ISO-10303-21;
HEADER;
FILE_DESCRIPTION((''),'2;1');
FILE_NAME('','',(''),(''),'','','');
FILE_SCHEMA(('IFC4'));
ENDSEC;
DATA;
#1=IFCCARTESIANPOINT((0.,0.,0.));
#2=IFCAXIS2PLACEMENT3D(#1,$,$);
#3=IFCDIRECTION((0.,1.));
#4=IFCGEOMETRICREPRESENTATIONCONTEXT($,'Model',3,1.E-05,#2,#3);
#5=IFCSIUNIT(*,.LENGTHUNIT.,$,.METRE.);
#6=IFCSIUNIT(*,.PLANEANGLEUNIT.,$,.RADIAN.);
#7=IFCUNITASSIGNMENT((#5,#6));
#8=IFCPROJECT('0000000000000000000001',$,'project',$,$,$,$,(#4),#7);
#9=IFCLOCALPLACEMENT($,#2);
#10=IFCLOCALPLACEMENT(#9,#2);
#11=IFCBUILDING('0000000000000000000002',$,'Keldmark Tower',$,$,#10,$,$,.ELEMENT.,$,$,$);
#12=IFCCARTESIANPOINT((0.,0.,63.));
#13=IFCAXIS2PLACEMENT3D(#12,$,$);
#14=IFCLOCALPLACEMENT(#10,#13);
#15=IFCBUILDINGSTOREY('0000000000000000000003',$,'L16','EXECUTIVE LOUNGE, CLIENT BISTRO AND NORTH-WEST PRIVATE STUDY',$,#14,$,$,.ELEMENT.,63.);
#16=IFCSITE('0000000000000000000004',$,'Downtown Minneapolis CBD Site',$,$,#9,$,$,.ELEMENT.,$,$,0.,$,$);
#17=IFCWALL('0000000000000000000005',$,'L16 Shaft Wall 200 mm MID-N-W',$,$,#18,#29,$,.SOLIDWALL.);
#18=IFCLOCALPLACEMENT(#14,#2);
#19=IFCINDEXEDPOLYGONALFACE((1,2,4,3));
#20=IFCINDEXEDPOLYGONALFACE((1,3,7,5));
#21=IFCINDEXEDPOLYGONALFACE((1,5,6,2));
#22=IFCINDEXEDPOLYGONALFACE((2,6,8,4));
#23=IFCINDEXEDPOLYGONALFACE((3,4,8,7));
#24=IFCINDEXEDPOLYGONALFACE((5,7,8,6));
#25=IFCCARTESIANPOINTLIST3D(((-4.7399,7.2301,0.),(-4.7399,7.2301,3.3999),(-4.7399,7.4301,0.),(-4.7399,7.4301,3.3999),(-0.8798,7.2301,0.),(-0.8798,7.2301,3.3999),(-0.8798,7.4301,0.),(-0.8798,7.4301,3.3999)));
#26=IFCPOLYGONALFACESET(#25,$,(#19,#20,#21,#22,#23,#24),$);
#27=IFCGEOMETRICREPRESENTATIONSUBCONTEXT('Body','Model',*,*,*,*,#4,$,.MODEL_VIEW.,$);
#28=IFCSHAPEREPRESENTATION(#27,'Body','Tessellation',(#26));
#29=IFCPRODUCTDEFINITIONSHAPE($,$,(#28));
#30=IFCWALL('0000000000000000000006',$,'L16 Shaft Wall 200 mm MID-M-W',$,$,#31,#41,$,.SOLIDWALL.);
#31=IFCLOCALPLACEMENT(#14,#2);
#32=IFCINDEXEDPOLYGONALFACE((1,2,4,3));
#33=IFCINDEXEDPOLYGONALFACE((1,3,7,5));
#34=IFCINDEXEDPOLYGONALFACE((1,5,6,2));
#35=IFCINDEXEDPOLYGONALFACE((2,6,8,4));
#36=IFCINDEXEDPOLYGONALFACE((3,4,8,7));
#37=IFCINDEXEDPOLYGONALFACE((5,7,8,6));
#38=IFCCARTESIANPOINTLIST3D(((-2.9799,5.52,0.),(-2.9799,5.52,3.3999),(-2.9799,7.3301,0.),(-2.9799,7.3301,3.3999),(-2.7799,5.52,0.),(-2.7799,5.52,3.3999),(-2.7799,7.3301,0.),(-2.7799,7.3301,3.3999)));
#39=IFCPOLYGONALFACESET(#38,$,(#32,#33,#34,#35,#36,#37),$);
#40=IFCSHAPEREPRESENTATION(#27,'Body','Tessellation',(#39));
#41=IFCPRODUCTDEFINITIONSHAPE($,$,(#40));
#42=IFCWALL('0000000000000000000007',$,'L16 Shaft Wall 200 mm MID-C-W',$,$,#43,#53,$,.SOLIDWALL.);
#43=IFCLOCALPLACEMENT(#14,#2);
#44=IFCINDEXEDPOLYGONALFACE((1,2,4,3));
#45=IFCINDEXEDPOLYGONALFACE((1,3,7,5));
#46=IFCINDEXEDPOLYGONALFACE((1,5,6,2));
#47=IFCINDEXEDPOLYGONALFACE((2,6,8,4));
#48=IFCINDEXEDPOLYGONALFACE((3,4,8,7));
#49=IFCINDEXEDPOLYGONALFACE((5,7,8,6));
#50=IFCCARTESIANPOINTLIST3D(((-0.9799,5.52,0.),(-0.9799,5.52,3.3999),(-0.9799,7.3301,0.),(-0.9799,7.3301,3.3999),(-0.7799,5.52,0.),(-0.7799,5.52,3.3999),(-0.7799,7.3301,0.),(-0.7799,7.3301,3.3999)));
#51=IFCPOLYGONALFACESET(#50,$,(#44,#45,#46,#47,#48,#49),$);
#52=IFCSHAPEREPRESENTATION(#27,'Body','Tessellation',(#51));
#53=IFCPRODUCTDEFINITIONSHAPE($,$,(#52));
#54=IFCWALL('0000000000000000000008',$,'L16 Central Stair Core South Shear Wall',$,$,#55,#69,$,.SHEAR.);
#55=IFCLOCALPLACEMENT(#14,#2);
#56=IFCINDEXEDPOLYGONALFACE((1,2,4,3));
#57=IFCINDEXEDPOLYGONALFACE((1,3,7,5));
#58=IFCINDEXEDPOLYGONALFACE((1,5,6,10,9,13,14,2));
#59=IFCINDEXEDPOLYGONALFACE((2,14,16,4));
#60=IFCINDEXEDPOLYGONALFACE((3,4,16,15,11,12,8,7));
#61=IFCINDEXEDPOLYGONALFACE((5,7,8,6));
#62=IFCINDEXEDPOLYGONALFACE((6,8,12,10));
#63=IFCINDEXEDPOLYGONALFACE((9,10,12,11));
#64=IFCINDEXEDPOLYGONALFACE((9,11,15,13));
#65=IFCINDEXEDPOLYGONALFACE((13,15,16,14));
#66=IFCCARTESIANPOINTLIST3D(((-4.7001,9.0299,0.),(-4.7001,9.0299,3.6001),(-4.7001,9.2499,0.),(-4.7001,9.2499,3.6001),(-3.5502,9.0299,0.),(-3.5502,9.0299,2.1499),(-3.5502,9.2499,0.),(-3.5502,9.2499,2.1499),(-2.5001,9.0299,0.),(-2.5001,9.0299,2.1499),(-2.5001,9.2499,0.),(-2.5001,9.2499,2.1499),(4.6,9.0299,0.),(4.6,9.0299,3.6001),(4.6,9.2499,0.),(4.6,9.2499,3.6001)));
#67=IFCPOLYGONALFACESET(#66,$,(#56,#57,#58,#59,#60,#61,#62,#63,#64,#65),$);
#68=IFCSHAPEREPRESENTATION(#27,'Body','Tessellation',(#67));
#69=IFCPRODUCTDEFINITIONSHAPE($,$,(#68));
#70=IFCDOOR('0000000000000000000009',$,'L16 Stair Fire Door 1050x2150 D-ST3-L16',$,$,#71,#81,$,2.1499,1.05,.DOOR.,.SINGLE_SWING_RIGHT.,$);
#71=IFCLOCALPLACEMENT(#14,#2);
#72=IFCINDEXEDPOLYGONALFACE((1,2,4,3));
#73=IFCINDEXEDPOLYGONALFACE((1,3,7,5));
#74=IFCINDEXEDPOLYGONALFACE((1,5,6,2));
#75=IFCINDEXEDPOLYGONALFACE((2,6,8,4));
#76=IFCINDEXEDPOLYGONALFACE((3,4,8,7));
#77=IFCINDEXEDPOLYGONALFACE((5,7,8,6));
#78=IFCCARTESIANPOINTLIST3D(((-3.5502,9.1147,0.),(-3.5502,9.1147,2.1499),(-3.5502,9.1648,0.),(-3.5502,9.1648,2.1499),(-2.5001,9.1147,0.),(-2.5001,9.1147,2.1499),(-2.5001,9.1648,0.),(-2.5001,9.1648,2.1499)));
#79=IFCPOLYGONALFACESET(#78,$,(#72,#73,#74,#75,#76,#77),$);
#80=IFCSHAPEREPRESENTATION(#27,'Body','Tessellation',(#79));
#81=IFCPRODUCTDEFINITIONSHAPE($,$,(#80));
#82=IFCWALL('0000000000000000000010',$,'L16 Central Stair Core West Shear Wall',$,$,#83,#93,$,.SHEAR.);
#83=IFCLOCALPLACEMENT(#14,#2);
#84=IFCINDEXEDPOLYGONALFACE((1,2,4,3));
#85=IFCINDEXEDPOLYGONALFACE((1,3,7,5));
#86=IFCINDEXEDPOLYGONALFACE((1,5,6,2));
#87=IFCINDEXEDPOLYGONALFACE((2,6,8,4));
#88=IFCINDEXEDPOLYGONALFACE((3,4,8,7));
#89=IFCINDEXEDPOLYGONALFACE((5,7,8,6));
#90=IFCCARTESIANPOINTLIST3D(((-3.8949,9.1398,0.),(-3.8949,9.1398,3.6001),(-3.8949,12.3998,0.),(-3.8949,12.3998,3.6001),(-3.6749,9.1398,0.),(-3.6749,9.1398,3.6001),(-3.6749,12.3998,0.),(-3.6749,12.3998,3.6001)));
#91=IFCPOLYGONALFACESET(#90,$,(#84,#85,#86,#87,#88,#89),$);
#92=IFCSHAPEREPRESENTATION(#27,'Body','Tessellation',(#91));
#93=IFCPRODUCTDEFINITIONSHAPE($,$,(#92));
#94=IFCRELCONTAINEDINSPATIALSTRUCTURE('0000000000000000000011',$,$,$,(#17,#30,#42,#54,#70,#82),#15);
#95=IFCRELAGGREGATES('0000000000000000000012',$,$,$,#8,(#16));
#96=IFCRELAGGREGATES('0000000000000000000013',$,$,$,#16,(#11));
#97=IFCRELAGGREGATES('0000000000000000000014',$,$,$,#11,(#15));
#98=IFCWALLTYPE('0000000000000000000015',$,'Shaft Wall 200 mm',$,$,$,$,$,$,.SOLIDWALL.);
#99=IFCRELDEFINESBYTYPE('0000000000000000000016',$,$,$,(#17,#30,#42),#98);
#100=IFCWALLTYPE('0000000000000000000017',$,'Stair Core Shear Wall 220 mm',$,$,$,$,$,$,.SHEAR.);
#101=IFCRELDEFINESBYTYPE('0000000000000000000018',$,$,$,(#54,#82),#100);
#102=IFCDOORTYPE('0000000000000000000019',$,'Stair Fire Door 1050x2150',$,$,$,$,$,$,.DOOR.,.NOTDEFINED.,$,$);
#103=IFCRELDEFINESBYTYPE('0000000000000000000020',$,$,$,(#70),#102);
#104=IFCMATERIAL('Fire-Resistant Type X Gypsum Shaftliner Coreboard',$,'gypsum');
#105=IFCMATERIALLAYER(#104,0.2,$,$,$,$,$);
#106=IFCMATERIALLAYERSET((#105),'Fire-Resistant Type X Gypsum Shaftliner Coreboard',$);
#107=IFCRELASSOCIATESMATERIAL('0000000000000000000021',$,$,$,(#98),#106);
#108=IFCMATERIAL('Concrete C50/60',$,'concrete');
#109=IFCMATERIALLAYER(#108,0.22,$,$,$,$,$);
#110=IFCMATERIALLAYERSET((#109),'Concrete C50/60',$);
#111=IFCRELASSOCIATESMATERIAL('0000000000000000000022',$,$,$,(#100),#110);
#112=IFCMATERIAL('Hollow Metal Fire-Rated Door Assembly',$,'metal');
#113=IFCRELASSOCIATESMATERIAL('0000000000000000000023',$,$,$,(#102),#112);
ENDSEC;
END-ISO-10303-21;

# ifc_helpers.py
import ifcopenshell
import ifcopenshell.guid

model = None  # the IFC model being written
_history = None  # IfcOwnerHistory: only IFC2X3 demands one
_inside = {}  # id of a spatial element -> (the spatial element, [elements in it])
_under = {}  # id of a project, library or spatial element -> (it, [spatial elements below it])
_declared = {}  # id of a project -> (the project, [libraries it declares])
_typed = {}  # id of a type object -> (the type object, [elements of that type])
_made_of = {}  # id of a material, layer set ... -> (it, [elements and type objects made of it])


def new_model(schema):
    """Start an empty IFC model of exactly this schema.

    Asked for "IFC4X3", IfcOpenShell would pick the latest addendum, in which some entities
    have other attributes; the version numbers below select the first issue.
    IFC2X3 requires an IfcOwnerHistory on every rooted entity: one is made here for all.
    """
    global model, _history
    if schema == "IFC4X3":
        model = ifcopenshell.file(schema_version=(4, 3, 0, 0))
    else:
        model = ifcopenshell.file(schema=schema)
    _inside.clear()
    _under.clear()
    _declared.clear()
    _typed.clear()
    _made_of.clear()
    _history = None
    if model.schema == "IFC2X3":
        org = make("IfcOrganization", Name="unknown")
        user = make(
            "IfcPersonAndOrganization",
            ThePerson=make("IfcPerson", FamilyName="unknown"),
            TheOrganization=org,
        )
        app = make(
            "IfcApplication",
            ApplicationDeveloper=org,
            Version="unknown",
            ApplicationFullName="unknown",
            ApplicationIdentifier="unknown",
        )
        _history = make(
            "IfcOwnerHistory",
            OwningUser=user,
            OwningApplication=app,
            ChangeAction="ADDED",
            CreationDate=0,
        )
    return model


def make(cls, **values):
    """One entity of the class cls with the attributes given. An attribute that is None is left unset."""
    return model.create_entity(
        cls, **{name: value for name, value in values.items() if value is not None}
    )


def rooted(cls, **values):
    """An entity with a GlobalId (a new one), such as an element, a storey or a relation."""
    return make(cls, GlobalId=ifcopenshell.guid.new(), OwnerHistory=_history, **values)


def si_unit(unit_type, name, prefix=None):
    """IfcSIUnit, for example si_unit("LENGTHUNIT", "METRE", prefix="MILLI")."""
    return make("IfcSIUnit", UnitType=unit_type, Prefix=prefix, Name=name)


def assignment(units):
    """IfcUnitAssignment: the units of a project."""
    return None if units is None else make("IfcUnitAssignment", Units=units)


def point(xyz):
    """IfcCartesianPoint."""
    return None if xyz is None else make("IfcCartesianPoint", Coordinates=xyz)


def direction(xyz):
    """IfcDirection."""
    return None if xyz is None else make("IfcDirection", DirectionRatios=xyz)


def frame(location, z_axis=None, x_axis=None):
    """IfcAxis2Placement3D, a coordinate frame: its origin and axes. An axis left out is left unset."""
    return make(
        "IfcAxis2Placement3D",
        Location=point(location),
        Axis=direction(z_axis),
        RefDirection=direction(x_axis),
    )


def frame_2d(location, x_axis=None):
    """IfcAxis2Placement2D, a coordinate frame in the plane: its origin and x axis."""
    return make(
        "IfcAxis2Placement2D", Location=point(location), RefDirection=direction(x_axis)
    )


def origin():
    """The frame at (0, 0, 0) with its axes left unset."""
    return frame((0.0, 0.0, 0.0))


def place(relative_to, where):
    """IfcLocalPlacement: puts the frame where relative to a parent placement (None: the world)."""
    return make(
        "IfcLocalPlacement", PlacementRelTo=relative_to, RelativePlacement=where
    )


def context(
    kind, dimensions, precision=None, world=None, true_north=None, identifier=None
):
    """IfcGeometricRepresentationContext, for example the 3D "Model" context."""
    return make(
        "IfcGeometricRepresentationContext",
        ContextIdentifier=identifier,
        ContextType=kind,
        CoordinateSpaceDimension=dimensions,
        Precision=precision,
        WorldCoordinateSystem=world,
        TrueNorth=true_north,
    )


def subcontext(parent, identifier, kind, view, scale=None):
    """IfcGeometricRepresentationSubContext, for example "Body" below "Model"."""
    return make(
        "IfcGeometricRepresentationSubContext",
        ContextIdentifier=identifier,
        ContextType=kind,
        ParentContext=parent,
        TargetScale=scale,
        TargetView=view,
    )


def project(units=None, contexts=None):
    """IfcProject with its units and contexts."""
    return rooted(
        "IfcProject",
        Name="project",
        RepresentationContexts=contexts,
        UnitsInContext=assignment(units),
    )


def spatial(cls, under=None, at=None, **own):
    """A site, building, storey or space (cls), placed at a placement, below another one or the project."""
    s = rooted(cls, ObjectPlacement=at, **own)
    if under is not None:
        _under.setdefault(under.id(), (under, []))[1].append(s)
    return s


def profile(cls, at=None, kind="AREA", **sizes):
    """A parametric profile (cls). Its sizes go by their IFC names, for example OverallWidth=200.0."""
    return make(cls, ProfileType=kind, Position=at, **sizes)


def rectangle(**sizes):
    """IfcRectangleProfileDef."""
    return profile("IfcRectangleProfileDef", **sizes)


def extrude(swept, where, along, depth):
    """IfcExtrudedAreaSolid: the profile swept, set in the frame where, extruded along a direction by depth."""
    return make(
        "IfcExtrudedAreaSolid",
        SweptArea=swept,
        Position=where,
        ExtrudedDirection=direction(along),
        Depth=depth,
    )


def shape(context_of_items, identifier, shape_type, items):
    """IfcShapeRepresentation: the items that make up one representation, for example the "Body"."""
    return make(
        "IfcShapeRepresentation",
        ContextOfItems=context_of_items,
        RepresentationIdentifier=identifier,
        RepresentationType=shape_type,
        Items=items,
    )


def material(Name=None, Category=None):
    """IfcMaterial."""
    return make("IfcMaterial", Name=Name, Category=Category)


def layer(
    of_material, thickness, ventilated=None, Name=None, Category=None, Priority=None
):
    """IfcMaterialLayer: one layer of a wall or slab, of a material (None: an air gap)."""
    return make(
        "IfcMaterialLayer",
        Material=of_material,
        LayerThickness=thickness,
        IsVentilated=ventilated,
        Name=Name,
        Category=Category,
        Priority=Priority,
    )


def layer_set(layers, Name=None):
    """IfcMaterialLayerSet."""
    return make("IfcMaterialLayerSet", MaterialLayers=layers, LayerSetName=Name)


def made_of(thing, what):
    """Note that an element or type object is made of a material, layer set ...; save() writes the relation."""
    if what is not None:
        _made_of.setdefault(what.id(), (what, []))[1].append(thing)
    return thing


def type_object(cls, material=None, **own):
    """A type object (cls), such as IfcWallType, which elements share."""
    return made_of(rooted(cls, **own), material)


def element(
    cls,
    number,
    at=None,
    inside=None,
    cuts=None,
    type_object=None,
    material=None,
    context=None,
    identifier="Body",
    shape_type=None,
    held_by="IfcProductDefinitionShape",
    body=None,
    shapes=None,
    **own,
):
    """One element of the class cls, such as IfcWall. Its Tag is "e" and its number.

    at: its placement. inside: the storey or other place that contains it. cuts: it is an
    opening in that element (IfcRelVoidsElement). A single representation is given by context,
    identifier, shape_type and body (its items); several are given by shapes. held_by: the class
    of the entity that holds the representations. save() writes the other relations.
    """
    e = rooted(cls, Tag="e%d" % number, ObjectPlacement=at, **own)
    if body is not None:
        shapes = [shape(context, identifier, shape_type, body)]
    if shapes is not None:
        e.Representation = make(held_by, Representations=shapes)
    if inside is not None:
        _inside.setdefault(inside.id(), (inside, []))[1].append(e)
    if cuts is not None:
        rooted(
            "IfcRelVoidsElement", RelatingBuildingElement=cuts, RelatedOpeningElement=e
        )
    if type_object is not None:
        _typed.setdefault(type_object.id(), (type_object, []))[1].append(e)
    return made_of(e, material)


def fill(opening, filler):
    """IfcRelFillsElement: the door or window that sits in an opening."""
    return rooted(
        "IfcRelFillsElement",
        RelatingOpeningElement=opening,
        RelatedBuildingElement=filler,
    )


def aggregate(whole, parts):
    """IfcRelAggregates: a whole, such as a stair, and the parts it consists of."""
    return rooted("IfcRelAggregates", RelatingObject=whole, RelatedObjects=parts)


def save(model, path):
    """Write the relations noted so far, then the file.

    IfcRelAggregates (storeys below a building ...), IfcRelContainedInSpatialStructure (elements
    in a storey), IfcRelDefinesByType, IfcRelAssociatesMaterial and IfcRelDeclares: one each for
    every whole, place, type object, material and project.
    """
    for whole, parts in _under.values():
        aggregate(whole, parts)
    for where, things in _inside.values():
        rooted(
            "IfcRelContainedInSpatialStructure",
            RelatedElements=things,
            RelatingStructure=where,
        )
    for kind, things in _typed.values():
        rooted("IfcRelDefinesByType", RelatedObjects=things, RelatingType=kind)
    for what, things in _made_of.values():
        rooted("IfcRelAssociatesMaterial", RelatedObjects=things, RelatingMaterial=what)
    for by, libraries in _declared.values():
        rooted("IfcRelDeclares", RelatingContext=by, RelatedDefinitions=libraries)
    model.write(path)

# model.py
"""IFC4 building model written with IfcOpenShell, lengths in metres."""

from ifc_helpers import new_model, si_unit, direction, frame, frame_2d, origin, place, context, subcontext, project, spatial, rectangle, extrude, material, layer, layer_set, type_object, element, fill, save


model = new_model("IFC4")

# Units and contexts
model_context = context("Model", 3, precision=1e-05, world=origin(), true_north=direction((0.0, 1.0)))
body_context = subcontext(model_context, "Body", "Model", "MODEL_VIEW")
ifc_project = project(units=[si_unit("LENGTHUNIT", "METRE"), si_unit("PLANEANGLEUNIT", "RADIAN")], contexts=[model_context])

# Site, building, storey
site_placement = place(None, origin())
site = spatial("IfcSite", under=ifc_project, at=site_placement, Name="Downtown Minneapolis CBD Site", CompositionType="ELEMENT", RefElevation=0.0)
building_placement = place(site_placement, origin())
building = spatial("IfcBuilding", under=site, at=building_placement, Name="Keldmark Tower", CompositionType="ELEMENT")
storey_placement = place(building_placement, frame((0.0, 0.0, 63.0)))
storey = spatial("IfcBuildingStorey", under=building, at=storey_placement, Name="L16", Description="EXECUTIVE LOUNGE, CLIENT BISTRO AND NORTH-WEST PRIVATE STUDY", CompositionType="ELEMENT", Elevation=63.0)

# Shared definitions
ifc_material_1 = material(Name="Fire-Resistant Type X Gypsum Shaftliner Coreboard", Category="gypsum")
ifc_layer_1 = layer(ifc_material_1, 0.2)
ifc_layer_set_1 = layer_set([ifc_layer_1], Name="Fire-Resistant Type X Gypsum Shaftliner Coreboard")
wall_type_1 = type_object("IfcWallType", Name="Shaft Wall 200 mm", PredefinedType="SOLIDWALL", material=ifc_layer_set_1)

# Walls
for number, where, z_axis, x_axis, name in (
    (1, (-4.74, 7.3301, 0.0), (0.0, 0.0, 1.0), (1.0, 0.0, 0.0), "L16 Shaft Wall 200 mm MID-N-W"),
):
    element("IfcWall", number, at=place(storey_placement, frame(where, z_axis=z_axis, x_axis=x_axis)), inside=storey, type_object=wall_type_1, Name=name, PredefinedType="SOLIDWALL", context=body_context, shape_type="SweptSolid", body=[
        extrude(rectangle(XDim=3.8601, YDim=0.2, at=frame_2d((1.9302, 0.0))), origin(), (0.0, 0.0, 1.0), 3.3999),
    ])
for number, where, z_axis, x_axis, name in (
    (2, (-2.8799, 5.52, 0.0), (0.0, 0.0, 1.0), (0.0, 1.0, 0.0), "L16 Shaft Wall 200 mm MID-M-W"),
    (3, (-0.8799, 5.52, 0.0), (0.0, 0.0, 1.0), (0.0, 1.0, 0.0), "L16 Shaft Wall 200 mm MID-C-W"),
):
    element("IfcWall", number, at=place(storey_placement, frame(where, z_axis=z_axis, x_axis=x_axis)), inside=storey, type_object=wall_type_1, Name=name, PredefinedType="SOLIDWALL", context=body_context, shape_type="SweptSolid", body=[
        extrude(rectangle(XDim=1.8101, YDim=0.2, at=frame_2d((0.905, 0.0))), origin(), (0.0, 0.0, 1.0), 3.3999),
    ])

# Wall, opening, door
ifc_material_2 = material(Name="Concrete C50/60", Category="concrete")
ifc_layer_2 = layer(ifc_material_2, 0.22)
ifc_layer_set_2 = layer_set([ifc_layer_2], Name="Concrete C50/60")
wall_type_2 = type_object("IfcWallType", Name="Stair Core Shear Wall 220 mm", PredefinedType="SHEAR", material=ifc_layer_set_2)
wall_1_placement = place(storey_placement, frame((-4.7, 9.1399, 0.0), z_axis=(0.0, 0.0, 1.0), x_axis=(1.0, 0.0, 0.0)))
wall_1 = element("IfcWall", 4, at=wall_1_placement, inside=storey, type_object=wall_type_2, Name="L16 Central Stair Core South Shear Wall", PredefinedType="SHEAR", context=body_context, shape_type="SweptSolid", body=[
    extrude(rectangle(XDim=9.3, YDim=0.22, at=frame_2d((4.6499, 0.0))), origin(), (0.0, 0.0, 1.0), 3.6001),
])
opening_1_placement = place(wall_1_placement, frame((1.1499, 0.0, 0.0)))
opening_1 = element("IfcOpeningElement", 5, at=opening_1_placement, cuts=wall_1, PredefinedType="OPENING", context=body_context, shape_type="SweptSolid", body=[
    extrude(rectangle(XDim=1.05, YDim=2.1499, at=frame_2d((0.5249, 1.075))), frame((0.0, 0.1199, 0.0), z_axis=(0.0, -1.0, 0.0), x_axis=(1.0, 0.0, 0.0)), (0.0, 0.0, 1.0), 0.24),
])
ifc_material_3 = material(Name="Hollow Metal Fire-Rated Door Assembly", Category="metal")
door_type_1 = type_object("IfcDoorType", Name="Stair Fire Door 1050x2150", OperationType="NOTDEFINED", PredefinedType="DOOR", material=ifc_material_3)
door_1_placement = place(opening_1_placement, origin())
door_1 = element("IfcDoor", 6, at=door_1_placement, inside=storey, type_object=door_type_1, Name="L16 Stair Fire Door 1050x2150 D-ST3-L16", OperationType="SINGLE_SWING_RIGHT", OverallHeight=2.1499, OverallWidth=1.05, PredefinedType="DOOR", context=body_context, shape_type="SweptSolid", body=[
    extrude(rectangle(XDim=1.05, YDim=2.1499, at=frame_2d((0.5249, 1.075))), frame((0.0, 0.0249, 0.0), z_axis=(0.0, -1.0, 0.0), x_axis=(1.0, 0.0, 0.0)), (0.0, 0.0, 1.0), 0.05),
])
fill(opening_1, door_1)

# Wall
wall_2_placement = place(storey_placement, frame((-3.7849, 9.1399, 0.0), z_axis=(0.0, 0.0, 1.0), x_axis=(0.0, 1.0, 0.0)))
element("IfcWall", 7, at=wall_2_placement, inside=storey, type_object=wall_type_2, Name="L16 Central Stair Core West Shear Wall", PredefinedType="SHEAR", context=body_context, shape_type="SweptSolid", body=[
    extrude(rectangle(XDim=3.26, YDim=0.22, at=frame_2d((1.6299, 0.0))), origin(), (0.0, 0.0, 1.0), 3.6001),
])

save(model, "model.ifc")
